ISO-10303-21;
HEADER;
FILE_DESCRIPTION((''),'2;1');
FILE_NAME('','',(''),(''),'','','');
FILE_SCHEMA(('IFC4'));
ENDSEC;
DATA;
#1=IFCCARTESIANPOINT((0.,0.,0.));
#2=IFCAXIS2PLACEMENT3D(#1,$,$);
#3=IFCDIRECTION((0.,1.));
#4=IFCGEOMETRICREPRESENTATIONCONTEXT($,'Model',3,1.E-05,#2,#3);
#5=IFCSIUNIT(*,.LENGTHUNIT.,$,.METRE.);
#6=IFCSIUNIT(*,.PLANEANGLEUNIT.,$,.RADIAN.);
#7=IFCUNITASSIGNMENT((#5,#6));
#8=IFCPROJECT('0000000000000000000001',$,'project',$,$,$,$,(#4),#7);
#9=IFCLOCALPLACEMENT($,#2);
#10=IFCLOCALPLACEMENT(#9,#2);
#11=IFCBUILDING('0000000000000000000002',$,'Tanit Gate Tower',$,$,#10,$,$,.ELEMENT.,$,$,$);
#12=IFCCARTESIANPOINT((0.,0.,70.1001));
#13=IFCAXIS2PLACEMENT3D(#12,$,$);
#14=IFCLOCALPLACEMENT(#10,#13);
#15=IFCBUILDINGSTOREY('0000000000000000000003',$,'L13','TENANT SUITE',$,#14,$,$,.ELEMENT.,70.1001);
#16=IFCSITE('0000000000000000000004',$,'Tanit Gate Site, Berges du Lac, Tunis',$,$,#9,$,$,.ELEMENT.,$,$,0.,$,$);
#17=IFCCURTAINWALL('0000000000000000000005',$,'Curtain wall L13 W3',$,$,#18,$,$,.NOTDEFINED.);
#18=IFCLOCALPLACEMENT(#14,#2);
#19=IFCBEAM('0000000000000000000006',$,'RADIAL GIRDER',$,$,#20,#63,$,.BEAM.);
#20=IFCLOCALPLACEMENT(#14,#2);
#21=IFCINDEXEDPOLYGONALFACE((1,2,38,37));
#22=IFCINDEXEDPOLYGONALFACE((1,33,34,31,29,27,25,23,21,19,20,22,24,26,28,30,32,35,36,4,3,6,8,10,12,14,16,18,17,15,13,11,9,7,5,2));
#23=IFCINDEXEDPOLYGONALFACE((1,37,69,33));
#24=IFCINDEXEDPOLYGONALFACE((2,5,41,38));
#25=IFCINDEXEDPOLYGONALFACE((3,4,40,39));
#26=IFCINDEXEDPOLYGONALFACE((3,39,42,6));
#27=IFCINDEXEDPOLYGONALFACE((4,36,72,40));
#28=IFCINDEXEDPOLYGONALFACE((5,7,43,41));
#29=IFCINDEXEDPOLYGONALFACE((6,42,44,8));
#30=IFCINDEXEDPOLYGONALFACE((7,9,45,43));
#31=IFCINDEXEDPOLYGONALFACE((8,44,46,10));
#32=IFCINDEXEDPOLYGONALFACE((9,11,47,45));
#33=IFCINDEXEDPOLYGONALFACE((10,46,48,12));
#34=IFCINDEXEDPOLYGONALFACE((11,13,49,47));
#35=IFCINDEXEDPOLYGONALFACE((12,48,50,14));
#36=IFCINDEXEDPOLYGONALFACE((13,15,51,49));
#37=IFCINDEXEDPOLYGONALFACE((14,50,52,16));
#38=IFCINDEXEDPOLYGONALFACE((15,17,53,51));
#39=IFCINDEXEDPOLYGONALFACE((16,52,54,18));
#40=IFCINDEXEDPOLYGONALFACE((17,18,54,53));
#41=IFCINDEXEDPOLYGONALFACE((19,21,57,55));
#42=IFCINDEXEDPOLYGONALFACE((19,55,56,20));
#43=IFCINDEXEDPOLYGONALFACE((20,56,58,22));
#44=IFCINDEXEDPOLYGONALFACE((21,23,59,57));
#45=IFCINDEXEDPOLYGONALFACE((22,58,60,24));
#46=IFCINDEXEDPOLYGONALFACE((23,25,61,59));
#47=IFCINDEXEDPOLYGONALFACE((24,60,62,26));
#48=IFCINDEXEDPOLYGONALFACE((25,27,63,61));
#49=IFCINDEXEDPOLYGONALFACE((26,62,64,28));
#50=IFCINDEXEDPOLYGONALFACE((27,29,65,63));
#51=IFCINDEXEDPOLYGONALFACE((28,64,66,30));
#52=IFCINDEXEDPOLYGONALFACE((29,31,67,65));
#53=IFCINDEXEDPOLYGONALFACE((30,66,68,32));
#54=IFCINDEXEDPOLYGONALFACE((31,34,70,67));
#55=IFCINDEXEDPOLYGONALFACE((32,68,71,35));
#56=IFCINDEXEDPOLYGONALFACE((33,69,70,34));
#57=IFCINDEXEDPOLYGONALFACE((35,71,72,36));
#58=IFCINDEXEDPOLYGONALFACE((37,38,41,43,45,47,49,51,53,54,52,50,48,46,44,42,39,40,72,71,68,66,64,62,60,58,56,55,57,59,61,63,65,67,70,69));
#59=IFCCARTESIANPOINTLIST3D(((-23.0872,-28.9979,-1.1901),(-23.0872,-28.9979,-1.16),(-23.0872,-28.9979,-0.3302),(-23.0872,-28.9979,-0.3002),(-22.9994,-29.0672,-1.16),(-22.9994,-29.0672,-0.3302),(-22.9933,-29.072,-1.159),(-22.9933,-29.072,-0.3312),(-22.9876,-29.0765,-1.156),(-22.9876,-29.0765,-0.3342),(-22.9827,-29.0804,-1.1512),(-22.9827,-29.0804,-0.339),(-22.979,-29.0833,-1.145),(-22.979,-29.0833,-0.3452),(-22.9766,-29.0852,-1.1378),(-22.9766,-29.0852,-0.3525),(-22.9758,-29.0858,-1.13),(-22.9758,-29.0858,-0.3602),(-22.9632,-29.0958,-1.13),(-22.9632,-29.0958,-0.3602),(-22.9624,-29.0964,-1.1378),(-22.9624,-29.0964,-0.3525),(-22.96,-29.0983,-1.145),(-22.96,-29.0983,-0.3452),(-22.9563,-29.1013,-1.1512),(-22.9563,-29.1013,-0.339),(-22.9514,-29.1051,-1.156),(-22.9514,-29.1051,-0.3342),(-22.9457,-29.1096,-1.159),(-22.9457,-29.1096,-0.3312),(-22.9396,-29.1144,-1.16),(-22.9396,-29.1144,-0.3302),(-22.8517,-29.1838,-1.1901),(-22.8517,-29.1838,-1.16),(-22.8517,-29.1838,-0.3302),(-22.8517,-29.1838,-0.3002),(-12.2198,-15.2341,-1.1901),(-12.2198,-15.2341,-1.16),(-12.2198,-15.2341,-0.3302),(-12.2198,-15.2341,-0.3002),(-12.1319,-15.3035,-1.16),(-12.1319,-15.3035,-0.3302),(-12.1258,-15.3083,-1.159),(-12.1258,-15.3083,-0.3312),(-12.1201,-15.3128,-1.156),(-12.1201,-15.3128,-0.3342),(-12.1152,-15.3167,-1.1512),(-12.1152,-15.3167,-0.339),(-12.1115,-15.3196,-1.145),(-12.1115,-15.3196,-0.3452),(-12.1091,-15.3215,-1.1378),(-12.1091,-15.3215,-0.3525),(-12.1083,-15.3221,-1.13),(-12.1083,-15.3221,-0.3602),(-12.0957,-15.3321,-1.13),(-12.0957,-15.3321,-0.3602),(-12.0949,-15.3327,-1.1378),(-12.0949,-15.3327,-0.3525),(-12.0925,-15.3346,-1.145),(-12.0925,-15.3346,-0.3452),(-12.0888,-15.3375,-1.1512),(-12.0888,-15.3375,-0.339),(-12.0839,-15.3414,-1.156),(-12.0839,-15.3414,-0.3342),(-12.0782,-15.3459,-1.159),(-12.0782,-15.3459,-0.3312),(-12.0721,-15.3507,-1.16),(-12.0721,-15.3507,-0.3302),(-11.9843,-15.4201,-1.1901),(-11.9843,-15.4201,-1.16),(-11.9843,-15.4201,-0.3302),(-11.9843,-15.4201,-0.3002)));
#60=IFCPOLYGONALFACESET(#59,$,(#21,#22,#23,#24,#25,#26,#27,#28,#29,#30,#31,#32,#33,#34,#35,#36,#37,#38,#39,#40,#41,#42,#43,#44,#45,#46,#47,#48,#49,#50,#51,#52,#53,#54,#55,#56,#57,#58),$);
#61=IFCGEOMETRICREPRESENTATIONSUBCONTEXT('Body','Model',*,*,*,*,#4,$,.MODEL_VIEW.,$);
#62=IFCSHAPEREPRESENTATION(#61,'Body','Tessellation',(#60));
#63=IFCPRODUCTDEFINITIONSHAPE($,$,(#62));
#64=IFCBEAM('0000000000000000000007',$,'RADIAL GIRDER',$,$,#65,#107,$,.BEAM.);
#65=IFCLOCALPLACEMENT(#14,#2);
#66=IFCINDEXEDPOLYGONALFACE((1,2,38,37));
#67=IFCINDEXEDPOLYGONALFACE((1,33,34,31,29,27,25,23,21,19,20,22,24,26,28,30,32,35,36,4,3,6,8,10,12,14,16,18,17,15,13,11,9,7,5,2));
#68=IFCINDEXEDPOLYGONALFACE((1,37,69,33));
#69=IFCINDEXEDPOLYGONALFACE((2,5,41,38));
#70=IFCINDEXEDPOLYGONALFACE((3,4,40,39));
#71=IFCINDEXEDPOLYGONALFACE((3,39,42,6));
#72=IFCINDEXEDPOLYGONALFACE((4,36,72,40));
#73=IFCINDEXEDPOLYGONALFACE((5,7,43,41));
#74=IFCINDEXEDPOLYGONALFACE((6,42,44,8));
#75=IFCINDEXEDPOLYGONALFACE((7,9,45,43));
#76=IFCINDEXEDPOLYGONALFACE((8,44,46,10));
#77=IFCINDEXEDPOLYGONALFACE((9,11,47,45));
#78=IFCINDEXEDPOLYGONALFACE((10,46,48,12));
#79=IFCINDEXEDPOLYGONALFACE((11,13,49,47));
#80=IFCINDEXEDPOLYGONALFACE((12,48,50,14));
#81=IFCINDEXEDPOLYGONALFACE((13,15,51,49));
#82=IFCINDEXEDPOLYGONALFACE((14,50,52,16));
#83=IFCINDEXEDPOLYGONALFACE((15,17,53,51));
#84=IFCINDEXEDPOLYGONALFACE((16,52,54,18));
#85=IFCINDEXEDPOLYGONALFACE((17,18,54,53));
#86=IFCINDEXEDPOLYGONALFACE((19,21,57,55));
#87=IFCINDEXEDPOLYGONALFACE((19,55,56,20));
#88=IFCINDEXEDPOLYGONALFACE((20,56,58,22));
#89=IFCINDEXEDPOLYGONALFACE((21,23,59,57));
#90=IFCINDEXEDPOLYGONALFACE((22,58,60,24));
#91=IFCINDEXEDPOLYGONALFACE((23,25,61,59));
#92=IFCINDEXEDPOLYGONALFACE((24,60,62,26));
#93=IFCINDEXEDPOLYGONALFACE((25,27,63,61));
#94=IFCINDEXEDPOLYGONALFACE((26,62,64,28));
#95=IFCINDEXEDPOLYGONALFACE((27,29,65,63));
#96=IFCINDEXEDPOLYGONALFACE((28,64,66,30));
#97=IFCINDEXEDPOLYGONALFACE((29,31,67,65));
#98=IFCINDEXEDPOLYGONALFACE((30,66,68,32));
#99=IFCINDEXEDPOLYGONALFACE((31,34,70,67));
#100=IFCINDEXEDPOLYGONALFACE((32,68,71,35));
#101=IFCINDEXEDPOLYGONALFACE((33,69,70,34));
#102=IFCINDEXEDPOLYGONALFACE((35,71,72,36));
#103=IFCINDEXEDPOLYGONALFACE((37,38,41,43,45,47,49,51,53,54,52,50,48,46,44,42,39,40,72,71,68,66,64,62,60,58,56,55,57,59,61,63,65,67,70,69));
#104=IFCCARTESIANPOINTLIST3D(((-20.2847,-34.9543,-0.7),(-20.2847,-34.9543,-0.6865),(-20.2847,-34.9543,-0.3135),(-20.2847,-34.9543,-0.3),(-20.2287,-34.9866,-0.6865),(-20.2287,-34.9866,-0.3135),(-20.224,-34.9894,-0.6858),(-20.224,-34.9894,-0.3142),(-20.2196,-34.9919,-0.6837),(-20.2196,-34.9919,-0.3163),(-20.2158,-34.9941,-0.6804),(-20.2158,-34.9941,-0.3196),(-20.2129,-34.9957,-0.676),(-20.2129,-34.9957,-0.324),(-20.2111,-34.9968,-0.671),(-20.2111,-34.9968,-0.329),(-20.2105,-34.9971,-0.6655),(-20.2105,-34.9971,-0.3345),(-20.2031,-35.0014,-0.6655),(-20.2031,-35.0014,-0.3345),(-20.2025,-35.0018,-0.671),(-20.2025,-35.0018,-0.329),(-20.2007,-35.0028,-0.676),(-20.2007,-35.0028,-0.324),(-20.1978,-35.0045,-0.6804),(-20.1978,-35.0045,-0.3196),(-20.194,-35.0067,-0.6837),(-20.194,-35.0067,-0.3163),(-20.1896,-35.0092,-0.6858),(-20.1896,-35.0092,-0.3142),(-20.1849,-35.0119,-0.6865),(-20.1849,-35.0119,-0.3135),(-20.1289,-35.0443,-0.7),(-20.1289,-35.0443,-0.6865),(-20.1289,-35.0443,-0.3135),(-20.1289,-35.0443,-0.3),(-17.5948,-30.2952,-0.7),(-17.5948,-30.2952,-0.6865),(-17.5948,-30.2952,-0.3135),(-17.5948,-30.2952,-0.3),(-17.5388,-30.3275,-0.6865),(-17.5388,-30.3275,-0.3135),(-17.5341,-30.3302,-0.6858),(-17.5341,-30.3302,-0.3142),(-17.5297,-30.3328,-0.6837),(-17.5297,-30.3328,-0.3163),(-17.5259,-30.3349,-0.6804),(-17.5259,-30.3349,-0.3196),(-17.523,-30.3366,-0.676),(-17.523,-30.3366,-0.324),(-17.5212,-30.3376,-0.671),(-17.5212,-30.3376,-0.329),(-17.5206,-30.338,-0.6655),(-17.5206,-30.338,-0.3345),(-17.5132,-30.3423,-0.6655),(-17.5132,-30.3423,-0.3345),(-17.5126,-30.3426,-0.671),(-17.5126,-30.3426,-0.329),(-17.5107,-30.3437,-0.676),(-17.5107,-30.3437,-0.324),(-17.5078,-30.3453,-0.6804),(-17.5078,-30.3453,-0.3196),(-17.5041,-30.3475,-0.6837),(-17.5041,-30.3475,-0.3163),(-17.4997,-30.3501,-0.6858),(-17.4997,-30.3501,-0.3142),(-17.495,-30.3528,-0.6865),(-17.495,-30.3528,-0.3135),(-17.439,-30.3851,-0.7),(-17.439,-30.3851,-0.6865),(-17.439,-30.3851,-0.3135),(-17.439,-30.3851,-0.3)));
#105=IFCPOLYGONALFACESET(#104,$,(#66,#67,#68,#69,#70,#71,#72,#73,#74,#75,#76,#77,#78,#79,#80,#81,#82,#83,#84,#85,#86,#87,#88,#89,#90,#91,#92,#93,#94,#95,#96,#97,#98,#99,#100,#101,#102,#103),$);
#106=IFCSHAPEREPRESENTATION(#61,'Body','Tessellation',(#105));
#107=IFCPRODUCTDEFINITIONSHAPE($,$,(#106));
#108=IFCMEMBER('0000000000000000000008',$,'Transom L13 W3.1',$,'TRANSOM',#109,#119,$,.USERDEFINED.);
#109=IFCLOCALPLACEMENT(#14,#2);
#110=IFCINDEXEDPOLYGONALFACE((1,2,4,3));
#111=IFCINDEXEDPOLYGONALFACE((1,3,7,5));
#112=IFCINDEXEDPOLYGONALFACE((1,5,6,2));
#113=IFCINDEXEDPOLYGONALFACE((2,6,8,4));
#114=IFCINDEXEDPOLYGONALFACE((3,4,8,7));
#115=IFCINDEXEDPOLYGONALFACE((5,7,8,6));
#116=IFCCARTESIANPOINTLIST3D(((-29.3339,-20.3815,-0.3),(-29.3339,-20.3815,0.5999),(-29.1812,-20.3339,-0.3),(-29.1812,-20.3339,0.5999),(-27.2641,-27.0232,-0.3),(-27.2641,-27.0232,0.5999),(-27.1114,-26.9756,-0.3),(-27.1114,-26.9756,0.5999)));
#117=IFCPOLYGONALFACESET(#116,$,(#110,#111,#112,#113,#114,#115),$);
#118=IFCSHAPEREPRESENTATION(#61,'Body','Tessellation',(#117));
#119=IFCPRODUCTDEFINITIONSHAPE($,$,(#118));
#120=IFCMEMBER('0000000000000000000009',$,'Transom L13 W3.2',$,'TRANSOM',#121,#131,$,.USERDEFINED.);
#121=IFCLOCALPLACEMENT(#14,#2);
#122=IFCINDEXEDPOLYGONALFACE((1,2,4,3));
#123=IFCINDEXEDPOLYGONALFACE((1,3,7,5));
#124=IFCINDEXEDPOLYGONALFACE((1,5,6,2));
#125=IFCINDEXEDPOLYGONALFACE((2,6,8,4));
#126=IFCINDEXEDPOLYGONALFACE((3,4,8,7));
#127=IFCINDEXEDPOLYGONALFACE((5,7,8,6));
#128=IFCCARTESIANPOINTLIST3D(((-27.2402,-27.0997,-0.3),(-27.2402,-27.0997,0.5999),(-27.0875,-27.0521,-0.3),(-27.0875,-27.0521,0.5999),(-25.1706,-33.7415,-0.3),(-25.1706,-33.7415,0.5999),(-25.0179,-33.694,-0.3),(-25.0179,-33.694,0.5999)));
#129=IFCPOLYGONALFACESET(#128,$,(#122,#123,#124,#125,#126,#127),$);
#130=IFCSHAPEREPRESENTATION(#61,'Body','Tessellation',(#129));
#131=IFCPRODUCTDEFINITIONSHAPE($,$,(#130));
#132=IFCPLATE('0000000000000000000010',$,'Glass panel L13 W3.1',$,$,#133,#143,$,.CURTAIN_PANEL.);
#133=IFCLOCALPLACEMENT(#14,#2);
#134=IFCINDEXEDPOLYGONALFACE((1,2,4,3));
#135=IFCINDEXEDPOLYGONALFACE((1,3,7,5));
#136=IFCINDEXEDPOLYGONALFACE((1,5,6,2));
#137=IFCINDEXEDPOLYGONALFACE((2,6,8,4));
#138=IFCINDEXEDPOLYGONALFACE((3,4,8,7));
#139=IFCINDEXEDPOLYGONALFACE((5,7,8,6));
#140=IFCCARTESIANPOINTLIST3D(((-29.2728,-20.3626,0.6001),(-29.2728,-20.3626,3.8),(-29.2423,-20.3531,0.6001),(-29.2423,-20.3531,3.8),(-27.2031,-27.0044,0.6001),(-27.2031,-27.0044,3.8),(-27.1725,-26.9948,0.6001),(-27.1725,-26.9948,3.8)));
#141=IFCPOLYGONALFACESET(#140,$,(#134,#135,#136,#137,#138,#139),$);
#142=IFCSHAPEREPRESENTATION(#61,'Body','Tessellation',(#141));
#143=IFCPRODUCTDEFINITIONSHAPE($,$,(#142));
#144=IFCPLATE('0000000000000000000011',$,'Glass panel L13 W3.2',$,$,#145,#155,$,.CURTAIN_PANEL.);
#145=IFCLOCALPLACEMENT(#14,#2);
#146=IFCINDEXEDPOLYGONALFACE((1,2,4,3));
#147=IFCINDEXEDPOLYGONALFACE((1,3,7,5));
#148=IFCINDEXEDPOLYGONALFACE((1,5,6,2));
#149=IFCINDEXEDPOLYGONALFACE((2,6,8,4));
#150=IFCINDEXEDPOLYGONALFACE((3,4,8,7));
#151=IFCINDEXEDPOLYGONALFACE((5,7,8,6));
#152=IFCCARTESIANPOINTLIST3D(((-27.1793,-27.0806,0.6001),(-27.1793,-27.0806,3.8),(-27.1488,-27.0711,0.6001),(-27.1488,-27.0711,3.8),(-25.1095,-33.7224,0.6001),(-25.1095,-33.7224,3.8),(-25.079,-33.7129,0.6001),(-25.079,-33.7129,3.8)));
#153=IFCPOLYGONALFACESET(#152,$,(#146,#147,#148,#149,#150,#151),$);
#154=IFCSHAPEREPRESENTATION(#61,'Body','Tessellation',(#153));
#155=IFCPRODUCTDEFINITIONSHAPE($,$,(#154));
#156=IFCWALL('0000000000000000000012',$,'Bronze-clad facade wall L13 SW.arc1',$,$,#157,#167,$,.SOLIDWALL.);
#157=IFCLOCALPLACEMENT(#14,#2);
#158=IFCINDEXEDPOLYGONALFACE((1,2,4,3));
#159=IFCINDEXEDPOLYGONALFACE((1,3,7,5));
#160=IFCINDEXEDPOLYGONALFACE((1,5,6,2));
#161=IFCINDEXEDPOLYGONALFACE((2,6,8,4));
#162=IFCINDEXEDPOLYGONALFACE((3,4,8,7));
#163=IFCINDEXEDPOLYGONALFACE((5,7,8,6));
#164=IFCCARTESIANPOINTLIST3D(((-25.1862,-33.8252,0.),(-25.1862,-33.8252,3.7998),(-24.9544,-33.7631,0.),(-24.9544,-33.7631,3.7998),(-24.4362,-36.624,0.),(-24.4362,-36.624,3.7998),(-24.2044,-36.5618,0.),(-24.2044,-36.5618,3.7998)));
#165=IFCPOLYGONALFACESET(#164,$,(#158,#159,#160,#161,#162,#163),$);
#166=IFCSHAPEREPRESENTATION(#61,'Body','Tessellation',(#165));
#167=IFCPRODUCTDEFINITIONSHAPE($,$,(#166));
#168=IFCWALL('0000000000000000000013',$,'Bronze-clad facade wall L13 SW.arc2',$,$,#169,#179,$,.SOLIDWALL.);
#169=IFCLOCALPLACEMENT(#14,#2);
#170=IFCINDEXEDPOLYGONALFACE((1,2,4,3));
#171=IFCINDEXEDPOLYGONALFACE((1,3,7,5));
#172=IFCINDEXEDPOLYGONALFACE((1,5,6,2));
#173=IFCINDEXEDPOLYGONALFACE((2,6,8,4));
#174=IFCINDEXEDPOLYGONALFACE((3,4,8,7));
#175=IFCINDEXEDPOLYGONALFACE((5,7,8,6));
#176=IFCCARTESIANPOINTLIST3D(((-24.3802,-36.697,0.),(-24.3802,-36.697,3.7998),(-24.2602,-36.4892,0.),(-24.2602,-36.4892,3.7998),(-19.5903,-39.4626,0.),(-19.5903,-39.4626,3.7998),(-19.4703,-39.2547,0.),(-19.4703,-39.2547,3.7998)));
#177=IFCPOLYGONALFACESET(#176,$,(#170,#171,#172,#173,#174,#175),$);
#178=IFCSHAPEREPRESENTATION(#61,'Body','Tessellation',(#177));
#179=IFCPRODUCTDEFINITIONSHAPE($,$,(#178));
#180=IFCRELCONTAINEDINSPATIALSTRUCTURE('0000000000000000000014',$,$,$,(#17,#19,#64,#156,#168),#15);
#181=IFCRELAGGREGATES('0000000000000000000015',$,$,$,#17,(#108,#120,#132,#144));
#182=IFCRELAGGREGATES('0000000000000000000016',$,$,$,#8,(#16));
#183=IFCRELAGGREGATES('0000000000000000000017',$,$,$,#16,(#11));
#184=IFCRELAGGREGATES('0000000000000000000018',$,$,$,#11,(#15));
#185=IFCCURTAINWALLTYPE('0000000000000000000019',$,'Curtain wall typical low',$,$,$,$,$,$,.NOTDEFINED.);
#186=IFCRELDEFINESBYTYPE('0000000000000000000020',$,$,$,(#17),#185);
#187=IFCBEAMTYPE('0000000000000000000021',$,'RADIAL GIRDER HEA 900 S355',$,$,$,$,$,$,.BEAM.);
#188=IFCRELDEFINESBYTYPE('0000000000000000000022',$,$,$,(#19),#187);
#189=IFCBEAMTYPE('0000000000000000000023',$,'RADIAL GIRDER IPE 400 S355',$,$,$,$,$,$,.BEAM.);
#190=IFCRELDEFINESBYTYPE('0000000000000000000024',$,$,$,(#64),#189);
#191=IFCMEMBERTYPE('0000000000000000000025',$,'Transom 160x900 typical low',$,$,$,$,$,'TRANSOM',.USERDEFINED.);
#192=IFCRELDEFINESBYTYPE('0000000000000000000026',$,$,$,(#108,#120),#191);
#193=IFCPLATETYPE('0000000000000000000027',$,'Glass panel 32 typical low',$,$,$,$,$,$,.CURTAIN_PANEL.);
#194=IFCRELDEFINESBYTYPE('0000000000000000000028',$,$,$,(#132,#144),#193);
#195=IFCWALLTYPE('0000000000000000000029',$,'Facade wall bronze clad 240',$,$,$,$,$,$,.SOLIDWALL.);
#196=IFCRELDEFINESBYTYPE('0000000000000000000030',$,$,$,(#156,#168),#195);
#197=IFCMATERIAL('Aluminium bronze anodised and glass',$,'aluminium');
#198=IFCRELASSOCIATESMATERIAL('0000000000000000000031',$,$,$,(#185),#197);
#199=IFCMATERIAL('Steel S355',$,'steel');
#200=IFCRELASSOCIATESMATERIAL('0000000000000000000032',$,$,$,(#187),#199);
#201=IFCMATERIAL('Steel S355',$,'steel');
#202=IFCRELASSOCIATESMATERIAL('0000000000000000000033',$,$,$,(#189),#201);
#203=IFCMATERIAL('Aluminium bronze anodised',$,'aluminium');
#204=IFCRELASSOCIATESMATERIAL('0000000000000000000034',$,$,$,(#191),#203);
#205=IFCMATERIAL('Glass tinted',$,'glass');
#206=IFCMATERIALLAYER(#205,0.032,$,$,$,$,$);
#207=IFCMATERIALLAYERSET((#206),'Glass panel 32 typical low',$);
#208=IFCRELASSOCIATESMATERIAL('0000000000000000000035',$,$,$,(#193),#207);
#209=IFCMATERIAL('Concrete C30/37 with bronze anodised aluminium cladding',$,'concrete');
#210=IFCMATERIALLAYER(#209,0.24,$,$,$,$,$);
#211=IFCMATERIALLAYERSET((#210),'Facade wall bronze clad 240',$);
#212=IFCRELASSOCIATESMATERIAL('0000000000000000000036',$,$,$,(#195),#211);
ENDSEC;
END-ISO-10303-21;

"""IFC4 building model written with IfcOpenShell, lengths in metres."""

from ifc_helpers import new_model, si_unit, direction, frame, frame_2d, origin, origin_2d, place, context, subcontext, project, spatial, rectangle, i_section, extrude, material, layer, layer_set, material_profile, profile_set, type_object, element, aggregate, save


model = new_model("IFC4")

# Units and contexts
model_context = context("Model", 3, precision=1e-05, world=origin(), true_north=direction((0.0, 1.0)))
body_context = subcontext(model_context, "Body", "Model", "MODEL_VIEW")
ifc_project = project(units=[si_unit("LENGTHUNIT", "METRE"), si_unit("PLANEANGLEUNIT", "RADIAN")], contexts=[model_context])

# Site, building, storey
site_placement = place(None, origin())
site = spatial("IfcSite", under=ifc_project, at=site_placement, Name="Tanit Gate Site, Berges du Lac, Tunis", CompositionType="ELEMENT", RefElevation=0.0)
building_placement = place(site_placement, origin())
building = spatial("IfcBuilding", under=site, at=building_placement, Name="Tanit Gate Tower", CompositionType="ELEMENT")
storey_placement = place(building_placement, frame((0.0, 0.0, 70.1001)))
storey = spatial("IfcBuildingStorey", under=building, at=storey_placement, Name="L13", Description="TENANT SUITE", CompositionType="ELEMENT", Elevation=70.1001)

# Curtain wall
ifc_material_1 = material(Name="Aluminium bronze anodised and glass", Category="aluminium")
curtain_wall_type = type_object("IfcCurtainWallType", Name="Curtain wall typical low", PredefinedType="NOTDEFINED", material=ifc_material_1)
curtain_wall_1_placement = place(storey_placement, origin())
curtain_wall_1 = element("IfcCurtainWall", 1, at=curtain_wall_1_placement, inside=storey, type_object=curtain_wall_type, Name="Curtain wall L13 W3", PredefinedType="NOTDEFINED")

# Beams
ifc_material_2 = material(Name="Steel S355", Category="steel")
ifc_material_profile_1 = material_profile(ifc_material_2, i_section(OverallWidth=0.3, OverallDepth=0.8899, WebThickness=0.0161, FlangeThickness=0.03, FilletRadius=0.03, at=origin_2d()), Name="HEA 900")
ifc_profile_set_1 = profile_set([ifc_material_profile_1], Name="Steel S355")
beam_type_1 = type_object("IfcBeamType", Name="RADIAL GIRDER HEA 900 S355", PredefinedType="BEAM", material=ifc_profile_set_1)
beam_1_placement = place(storey_placement, frame((-22.9695, -29.0908, -0.7451), z_axis=(0.619693, 0.784845, 0.0), x_axis=(-0.784845, 0.619693, 0.0)))
element("IfcBeam", 2, at=beam_1_placement, inside=storey, type_object=beam_type_1, Name="RADIAL GIRDER", PredefinedType="BEAM", context=body_context, shape_type="SweptSolid", body=[
    extrude(i_section(OverallWidth=0.3, OverallDepth=0.8899, WebThickness=0.0161, FlangeThickness=0.03, FilletRadius=0.03, at=origin_2d()), origin(), (0.0, 0.0, 1.0), 17.5369),
])
ifc_material_3 = material(Name="Steel S355", Category="steel")
ifc_material_profile_2 = material_profile(ifc_material_3, i_section(OverallWidth=0.1799, OverallDepth=0.3999, WebThickness=0.0085, FlangeThickness=0.0134, FilletRadius=0.021, at=origin_2d()), Name="IPE 400")
ifc_profile_set_2 = profile_set([ifc_material_profile_2], Name="Steel S355")
beam_type_2 = type_object("IfcBeamType", Name="RADIAL GIRDER IPE 400 S355", PredefinedType="BEAM", material=ifc_profile_set_2)
beam_2_placement = place(storey_placement, frame((-20.2068, -34.9993, -0.5), z_axis=(0.499995, 0.866028, 0.0), x_axis=(-0.866028, 0.499995, 0.0)))
element("IfcBeam", 3, at=beam_2_placement, inside=storey, type_object=beam_type_2, Name="RADIAL GIRDER", PredefinedType="BEAM", context=body_context, shape_type="SweptSolid", body=[
    extrude(i_section(OverallWidth=0.1799, OverallDepth=0.3999, WebThickness=0.0085, FlangeThickness=0.0134, FilletRadius=0.021, at=origin_2d()), origin(), (0.0, 0.0, 1.0), 5.3799),
])

# Members
ifc_material_4 = material(Name="Aluminium bronze anodised", Category="aluminium")
ifc_material_profile_3 = material_profile(ifc_material_4, rectangle(XDim=0.1599, YDim=0.8999, at=origin_2d()), Name="160x900 bronze transom")
ifc_profile_set_3 = profile_set([ifc_material_profile_3], Name="Aluminium bronze anodised")
member_type_1 = type_object("IfcMemberType", Name="Transom 160x900 typical low", ElementType="TRANSOM", PredefinedType="USERDEFINED", material=ifc_profile_set_3)
member_1_placement = place(storey_placement, frame((-29.2576, -20.3577, 0.1499), z_axis=(0.297522, -0.954715, 0.0), x_axis=(0.954715, 0.297522, 0.0)))
member_1 = element("IfcMember", 4, at=member_1_placement, type_object=member_type_1, Name="Transom L13 W3.1", ObjectType="TRANSOM", PredefinedType="USERDEFINED", context=body_context, shape_type="SweptSolid", body=[
    extrude(rectangle(XDim=0.1599, YDim=0.8999, at=origin_2d()), origin(), (0.0, 0.0, 1.0), 6.9568),
])
member_2_placement = place(storey_placement, frame((-27.1638, -27.0759, 0.1499), z_axis=(0.29749, -0.954725, 0.0), x_axis=(0.954725, 0.29749, 0.0)))
member_2 = element("IfcMember", 5, at=member_2_placement, type_object=member_type_1, Name="Transom L13 W3.2", ObjectType="TRANSOM", PredefinedType="USERDEFINED", context=body_context, shape_type="SweptSolid", body=[
    extrude(rectangle(XDim=0.1599, YDim=0.8999, at=origin_2d()), origin(), (0.0, 0.0, 1.0), 6.9568),
])

# Plates
ifc_material_5 = material(Name="Glass tinted", Category="glass")
ifc_layer_1 = layer(ifc_material_5, 0.032)
ifc_layer_set_1 = layer_set([ifc_layer_1], Name="Glass panel 32 typical low")
plate_type = type_object("IfcPlateType", Name="Glass panel 32 typical low", PredefinedType="CURTAIN_PANEL", material=ifc_layer_set_1)
plate_1_placement = place(storey_placement, frame((-28.2227, -23.6787, 0.6001), z_axis=(0.0, 0.0, 1.0), x_axis=(0.297513, -0.954718, 0.0)))
plate_1 = element("IfcPlate", 6, at=plate_1_placement, type_object=plate_type, Name="Glass panel L13 W3.1", PredefinedType="CURTAIN_PANEL", context=body_context, shape_type="SweptSolid", body=[
    extrude(rectangle(XDim=6.9568, YDim=0.032, at=origin_2d()), origin(), (0.0, 0.0, 1.0), 3.2),
])
plate_2_placement = place(storey_placement, frame((-26.1292, -30.3967, 0.6001), z_axis=(0.0, 0.0, 1.0), x_axis=(0.297513, -0.954718, 0.0)))
plate_2 = element("IfcPlate", 7, at=plate_2_placement, type_object=plate_type, Name="Glass panel L13 W3.2", PredefinedType="CURTAIN_PANEL", context=body_context, shape_type="SweptSolid", body=[
    extrude(rectangle(XDim=6.9568, YDim=0.032, at=origin_2d()), origin(), (0.0, 0.0, 1.0), 3.2),
])
aggregate(curtain_wall_1, [member_1, member_2, plate_1, plate_2])

# Walls
ifc_material_6 = material(Name="Concrete C30/37 with bronze anodised aluminium cladding", Category="concrete")
ifc_layer_2 = layer(ifc_material_6, 0.24)
ifc_layer_set_2 = layer_set([ifc_layer_2], Name="Facade wall bronze clad 240")
wall_type_1 = type_object("IfcWallType", Name="Facade wall bronze clad 240", PredefinedType="SOLIDWALL", material=ifc_layer_set_2)
wall_1_placement = place(storey_placement, frame((-25.0703, -33.7942, 0.0), z_axis=(0.0, 0.0, 1.0), x_axis=(0.258837, -0.965921, 0.0)))
element("IfcWall", 8, at=wall_1_placement, inside=storey, type_object=wall_type_1, Name="Bronze-clad facade wall L13 SW.arc1", PredefinedType="SOLIDWALL", context=body_context, shape_type="SweptSolid", body=[
    extrude(rectangle(XDim=2.8975, YDim=0.24, at=frame_2d((1.4487, 0.0))), origin(), (0.0, 0.0, 1.0), 3.7998),
])
wall_2_placement = place(storey_placement, frame((-24.3203, -36.593, 0.0), z_axis=(0.0, 0.0, 1.0), x_axis=(0.866018, -0.500013, 0.0)))
element("IfcWall", 9, at=wall_2_placement, inside=storey, type_object=wall_type_1, Name="Bronze-clad facade wall L13 SW.arc2", PredefinedType="SOLIDWALL", context=body_context, shape_type="SweptSolid", body=[
    extrude(rectangle(XDim=5.531, YDim=0.24, at=frame_2d((2.7656, 0.0))), origin(), (0.0, 0.0, 1.0), 3.7998),
])

save(model, "model.ifc")
